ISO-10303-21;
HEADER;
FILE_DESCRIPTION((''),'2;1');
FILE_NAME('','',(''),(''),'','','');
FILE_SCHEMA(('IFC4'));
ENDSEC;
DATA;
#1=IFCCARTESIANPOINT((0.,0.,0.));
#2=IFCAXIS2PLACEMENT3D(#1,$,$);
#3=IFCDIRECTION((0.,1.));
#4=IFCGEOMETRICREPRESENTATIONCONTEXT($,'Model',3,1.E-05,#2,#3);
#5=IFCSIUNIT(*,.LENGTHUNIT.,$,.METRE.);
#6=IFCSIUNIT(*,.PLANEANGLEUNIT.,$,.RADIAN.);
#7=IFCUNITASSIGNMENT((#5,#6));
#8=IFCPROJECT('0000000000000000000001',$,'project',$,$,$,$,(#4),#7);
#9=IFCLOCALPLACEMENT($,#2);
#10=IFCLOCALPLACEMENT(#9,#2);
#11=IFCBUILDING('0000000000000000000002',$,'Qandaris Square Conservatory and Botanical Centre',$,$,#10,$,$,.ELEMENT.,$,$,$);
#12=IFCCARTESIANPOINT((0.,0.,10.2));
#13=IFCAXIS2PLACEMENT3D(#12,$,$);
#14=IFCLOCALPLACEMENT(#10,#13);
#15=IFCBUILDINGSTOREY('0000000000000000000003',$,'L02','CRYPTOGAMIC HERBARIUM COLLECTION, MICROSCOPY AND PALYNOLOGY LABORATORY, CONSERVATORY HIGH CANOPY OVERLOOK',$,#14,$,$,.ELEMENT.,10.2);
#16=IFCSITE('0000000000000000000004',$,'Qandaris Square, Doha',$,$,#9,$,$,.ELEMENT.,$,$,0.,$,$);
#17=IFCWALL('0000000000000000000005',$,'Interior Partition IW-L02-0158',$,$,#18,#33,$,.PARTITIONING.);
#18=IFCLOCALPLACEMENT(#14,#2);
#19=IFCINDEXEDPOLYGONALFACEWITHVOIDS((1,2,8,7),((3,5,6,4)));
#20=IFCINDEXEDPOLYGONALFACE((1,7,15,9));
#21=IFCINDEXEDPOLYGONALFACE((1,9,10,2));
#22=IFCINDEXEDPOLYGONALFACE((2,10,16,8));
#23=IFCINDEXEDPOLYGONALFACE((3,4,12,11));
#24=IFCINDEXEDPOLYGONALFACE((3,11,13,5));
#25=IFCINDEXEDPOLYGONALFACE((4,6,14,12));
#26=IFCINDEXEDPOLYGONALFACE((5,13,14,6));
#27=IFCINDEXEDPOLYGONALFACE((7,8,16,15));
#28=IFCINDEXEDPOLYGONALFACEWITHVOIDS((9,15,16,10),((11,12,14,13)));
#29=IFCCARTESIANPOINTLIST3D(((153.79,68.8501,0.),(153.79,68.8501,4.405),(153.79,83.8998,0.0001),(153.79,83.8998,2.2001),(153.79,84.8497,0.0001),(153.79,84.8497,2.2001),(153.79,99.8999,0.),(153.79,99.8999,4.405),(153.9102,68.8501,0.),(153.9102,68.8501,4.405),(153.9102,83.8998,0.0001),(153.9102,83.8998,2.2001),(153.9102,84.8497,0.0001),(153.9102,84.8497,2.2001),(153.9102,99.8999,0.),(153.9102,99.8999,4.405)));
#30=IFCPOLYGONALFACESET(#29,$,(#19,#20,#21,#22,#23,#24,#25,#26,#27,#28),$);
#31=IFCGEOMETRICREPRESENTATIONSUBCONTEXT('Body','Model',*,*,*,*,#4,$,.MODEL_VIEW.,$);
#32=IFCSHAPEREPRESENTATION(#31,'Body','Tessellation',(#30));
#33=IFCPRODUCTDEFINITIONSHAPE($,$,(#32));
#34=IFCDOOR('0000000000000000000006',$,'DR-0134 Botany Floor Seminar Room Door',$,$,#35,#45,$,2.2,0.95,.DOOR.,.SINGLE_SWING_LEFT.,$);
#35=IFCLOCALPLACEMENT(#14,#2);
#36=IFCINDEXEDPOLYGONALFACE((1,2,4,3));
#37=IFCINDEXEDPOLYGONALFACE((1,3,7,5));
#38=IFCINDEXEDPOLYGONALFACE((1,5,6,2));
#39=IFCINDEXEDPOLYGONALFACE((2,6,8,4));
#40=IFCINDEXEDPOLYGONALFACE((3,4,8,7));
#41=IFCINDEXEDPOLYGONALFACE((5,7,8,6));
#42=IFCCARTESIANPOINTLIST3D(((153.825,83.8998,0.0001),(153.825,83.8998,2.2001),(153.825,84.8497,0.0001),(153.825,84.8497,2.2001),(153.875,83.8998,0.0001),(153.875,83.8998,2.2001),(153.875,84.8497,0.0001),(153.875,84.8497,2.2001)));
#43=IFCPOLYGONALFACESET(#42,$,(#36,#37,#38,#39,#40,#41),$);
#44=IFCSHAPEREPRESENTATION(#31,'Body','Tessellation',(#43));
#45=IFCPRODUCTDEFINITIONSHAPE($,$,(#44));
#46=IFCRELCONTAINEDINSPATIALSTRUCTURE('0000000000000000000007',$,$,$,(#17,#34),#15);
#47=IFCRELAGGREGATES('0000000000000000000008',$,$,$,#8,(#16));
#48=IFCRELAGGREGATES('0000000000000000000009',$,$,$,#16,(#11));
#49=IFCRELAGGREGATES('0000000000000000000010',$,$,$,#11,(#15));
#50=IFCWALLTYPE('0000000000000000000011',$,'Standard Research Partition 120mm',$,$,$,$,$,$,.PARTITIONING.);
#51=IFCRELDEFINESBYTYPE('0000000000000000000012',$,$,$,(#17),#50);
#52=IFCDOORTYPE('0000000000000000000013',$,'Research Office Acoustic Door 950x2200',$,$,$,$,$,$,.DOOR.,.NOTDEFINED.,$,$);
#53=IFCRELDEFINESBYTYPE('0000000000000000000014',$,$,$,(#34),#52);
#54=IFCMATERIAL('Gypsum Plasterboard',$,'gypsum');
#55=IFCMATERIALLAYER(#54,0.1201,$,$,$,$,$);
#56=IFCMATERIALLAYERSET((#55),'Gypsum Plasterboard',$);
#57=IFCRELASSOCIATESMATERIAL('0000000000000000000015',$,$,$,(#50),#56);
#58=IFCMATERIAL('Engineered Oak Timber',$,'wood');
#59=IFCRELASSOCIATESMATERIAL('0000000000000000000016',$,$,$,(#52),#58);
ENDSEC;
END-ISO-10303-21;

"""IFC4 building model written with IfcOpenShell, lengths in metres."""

from ifc_helpers import new_model, si_unit, direction, frame, frame_2d, origin, place, context, subcontext, project, spatial, rectangle, extrude, material, layer, layer_set, type_object, element, fill, save


model = new_model("IFC4")

# Units and contexts
model_context = context("Model", 3, precision=1e-05, world=origin(), true_north=direction((0.0, 1.0)))
body_context = subcontext(model_context, "Body", "Model", "MODEL_VIEW")
ifc_project = project(units=[si_unit("LENGTHUNIT", "METRE"), si_unit("PLANEANGLEUNIT", "RADIAN")], contexts=[model_context])

# Site, building, storey
site_placement = place(None, origin())
site = spatial("IfcSite", under=ifc_project, at=site_placement, Name="Qandaris Square, Doha", CompositionType="ELEMENT", RefElevation=0.0)
building_placement = place(site_placement, origin())
building = spatial("IfcBuilding", under=site, at=building_placement, Name="Qandaris Square Conservatory and Botanical Centre", CompositionType="ELEMENT")
storey_placement = place(building_placement, frame((0.0, 0.0, 10.2)))
storey = spatial("IfcBuildingStorey", under=building, at=storey_placement, Name="L02", Description="CRYPTOGAMIC HERBARIUM COLLECTION, MICROSCOPY AND PALYNOLOGY LABORATORY, CONSERVATORY HIGH CANOPY OVERLOOK", CompositionType="ELEMENT", Elevation=10.2)

# Wall, opening, door
ifc_material_1 = material(Name="Gypsum Plasterboard", Category="gypsum")
ifc_layer_1 = layer(ifc_material_1, 0.1201)
ifc_layer_set_1 = layer_set([ifc_layer_1], Name="Gypsum Plasterboard")
wall_type_1 = type_object("IfcWallType", Name="Standard Research Partition 120mm", PredefinedType="PARTITIONING", material=ifc_layer_set_1)
wall_1_placement = place(storey_placement, frame((153.8501, 99.8999, 0.0), z_axis=(0.0, 0.0, 1.0), x_axis=(0.0, -1.0, 0.0)))
wall_1 = element("IfcWall", 1, at=wall_1_placement, inside=storey, type_object=wall_type_1, Name="Interior Partition IW-L02-0158", PredefinedType="PARTITIONING", context=body_context, shape_type="SweptSolid", body=[
    extrude(rectangle(XDim=31.0498, YDim=0.1201, at=frame_2d((15.5249, 0.0))), origin(), (0.0, 0.0, 1.0), 4.405),
])
opening_1_placement = place(wall_1_placement, frame((15.05, 0.0, 0.0)))
opening_1 = element("IfcOpeningElement", 2, at=opening_1_placement, cuts=wall_1, PredefinedType="OPENING", context=body_context, shape_type="SweptSolid", body=[
    extrude(rectangle(XDim=0.95, YDim=2.2, at=frame_2d((0.4751, 1.1001))), frame((0.0, 0.072, 0.0), z_axis=(0.0, -1.0, 0.0), x_axis=(1.0, 0.0, 0.0)), (0.0, 0.0, 1.0), 0.144),
])
ifc_material_2 = material(Name="Engineered Oak Timber", Category="wood")
door_type = type_object("IfcDoorType", Name="Research Office Acoustic Door 950x2200", OperationType="NOTDEFINED", PredefinedType="DOOR", material=ifc_material_2)
door_placement = place(opening_1_placement, origin())
door = element("IfcDoor", 3, at=door_placement, inside=storey, type_object=door_type, Name="DR-0134 Botany Floor Seminar Room Door", OperationType="SINGLE_SWING_LEFT", OverallHeight=2.2, OverallWidth=0.95, PredefinedType="DOOR", context=body_context, shape_type="SweptSolid", body=[
    extrude(rectangle(XDim=0.95, YDim=2.2, at=frame_2d((0.4751, 1.1001))), frame((0.0, 0.0249, 0.0), z_axis=(0.0, -1.0, 0.0), x_axis=(1.0, 0.0, 0.0)), (0.0, 0.0, 1.0), 0.05),
])
fill(opening_1, door)

save(model, "model.ifc")
